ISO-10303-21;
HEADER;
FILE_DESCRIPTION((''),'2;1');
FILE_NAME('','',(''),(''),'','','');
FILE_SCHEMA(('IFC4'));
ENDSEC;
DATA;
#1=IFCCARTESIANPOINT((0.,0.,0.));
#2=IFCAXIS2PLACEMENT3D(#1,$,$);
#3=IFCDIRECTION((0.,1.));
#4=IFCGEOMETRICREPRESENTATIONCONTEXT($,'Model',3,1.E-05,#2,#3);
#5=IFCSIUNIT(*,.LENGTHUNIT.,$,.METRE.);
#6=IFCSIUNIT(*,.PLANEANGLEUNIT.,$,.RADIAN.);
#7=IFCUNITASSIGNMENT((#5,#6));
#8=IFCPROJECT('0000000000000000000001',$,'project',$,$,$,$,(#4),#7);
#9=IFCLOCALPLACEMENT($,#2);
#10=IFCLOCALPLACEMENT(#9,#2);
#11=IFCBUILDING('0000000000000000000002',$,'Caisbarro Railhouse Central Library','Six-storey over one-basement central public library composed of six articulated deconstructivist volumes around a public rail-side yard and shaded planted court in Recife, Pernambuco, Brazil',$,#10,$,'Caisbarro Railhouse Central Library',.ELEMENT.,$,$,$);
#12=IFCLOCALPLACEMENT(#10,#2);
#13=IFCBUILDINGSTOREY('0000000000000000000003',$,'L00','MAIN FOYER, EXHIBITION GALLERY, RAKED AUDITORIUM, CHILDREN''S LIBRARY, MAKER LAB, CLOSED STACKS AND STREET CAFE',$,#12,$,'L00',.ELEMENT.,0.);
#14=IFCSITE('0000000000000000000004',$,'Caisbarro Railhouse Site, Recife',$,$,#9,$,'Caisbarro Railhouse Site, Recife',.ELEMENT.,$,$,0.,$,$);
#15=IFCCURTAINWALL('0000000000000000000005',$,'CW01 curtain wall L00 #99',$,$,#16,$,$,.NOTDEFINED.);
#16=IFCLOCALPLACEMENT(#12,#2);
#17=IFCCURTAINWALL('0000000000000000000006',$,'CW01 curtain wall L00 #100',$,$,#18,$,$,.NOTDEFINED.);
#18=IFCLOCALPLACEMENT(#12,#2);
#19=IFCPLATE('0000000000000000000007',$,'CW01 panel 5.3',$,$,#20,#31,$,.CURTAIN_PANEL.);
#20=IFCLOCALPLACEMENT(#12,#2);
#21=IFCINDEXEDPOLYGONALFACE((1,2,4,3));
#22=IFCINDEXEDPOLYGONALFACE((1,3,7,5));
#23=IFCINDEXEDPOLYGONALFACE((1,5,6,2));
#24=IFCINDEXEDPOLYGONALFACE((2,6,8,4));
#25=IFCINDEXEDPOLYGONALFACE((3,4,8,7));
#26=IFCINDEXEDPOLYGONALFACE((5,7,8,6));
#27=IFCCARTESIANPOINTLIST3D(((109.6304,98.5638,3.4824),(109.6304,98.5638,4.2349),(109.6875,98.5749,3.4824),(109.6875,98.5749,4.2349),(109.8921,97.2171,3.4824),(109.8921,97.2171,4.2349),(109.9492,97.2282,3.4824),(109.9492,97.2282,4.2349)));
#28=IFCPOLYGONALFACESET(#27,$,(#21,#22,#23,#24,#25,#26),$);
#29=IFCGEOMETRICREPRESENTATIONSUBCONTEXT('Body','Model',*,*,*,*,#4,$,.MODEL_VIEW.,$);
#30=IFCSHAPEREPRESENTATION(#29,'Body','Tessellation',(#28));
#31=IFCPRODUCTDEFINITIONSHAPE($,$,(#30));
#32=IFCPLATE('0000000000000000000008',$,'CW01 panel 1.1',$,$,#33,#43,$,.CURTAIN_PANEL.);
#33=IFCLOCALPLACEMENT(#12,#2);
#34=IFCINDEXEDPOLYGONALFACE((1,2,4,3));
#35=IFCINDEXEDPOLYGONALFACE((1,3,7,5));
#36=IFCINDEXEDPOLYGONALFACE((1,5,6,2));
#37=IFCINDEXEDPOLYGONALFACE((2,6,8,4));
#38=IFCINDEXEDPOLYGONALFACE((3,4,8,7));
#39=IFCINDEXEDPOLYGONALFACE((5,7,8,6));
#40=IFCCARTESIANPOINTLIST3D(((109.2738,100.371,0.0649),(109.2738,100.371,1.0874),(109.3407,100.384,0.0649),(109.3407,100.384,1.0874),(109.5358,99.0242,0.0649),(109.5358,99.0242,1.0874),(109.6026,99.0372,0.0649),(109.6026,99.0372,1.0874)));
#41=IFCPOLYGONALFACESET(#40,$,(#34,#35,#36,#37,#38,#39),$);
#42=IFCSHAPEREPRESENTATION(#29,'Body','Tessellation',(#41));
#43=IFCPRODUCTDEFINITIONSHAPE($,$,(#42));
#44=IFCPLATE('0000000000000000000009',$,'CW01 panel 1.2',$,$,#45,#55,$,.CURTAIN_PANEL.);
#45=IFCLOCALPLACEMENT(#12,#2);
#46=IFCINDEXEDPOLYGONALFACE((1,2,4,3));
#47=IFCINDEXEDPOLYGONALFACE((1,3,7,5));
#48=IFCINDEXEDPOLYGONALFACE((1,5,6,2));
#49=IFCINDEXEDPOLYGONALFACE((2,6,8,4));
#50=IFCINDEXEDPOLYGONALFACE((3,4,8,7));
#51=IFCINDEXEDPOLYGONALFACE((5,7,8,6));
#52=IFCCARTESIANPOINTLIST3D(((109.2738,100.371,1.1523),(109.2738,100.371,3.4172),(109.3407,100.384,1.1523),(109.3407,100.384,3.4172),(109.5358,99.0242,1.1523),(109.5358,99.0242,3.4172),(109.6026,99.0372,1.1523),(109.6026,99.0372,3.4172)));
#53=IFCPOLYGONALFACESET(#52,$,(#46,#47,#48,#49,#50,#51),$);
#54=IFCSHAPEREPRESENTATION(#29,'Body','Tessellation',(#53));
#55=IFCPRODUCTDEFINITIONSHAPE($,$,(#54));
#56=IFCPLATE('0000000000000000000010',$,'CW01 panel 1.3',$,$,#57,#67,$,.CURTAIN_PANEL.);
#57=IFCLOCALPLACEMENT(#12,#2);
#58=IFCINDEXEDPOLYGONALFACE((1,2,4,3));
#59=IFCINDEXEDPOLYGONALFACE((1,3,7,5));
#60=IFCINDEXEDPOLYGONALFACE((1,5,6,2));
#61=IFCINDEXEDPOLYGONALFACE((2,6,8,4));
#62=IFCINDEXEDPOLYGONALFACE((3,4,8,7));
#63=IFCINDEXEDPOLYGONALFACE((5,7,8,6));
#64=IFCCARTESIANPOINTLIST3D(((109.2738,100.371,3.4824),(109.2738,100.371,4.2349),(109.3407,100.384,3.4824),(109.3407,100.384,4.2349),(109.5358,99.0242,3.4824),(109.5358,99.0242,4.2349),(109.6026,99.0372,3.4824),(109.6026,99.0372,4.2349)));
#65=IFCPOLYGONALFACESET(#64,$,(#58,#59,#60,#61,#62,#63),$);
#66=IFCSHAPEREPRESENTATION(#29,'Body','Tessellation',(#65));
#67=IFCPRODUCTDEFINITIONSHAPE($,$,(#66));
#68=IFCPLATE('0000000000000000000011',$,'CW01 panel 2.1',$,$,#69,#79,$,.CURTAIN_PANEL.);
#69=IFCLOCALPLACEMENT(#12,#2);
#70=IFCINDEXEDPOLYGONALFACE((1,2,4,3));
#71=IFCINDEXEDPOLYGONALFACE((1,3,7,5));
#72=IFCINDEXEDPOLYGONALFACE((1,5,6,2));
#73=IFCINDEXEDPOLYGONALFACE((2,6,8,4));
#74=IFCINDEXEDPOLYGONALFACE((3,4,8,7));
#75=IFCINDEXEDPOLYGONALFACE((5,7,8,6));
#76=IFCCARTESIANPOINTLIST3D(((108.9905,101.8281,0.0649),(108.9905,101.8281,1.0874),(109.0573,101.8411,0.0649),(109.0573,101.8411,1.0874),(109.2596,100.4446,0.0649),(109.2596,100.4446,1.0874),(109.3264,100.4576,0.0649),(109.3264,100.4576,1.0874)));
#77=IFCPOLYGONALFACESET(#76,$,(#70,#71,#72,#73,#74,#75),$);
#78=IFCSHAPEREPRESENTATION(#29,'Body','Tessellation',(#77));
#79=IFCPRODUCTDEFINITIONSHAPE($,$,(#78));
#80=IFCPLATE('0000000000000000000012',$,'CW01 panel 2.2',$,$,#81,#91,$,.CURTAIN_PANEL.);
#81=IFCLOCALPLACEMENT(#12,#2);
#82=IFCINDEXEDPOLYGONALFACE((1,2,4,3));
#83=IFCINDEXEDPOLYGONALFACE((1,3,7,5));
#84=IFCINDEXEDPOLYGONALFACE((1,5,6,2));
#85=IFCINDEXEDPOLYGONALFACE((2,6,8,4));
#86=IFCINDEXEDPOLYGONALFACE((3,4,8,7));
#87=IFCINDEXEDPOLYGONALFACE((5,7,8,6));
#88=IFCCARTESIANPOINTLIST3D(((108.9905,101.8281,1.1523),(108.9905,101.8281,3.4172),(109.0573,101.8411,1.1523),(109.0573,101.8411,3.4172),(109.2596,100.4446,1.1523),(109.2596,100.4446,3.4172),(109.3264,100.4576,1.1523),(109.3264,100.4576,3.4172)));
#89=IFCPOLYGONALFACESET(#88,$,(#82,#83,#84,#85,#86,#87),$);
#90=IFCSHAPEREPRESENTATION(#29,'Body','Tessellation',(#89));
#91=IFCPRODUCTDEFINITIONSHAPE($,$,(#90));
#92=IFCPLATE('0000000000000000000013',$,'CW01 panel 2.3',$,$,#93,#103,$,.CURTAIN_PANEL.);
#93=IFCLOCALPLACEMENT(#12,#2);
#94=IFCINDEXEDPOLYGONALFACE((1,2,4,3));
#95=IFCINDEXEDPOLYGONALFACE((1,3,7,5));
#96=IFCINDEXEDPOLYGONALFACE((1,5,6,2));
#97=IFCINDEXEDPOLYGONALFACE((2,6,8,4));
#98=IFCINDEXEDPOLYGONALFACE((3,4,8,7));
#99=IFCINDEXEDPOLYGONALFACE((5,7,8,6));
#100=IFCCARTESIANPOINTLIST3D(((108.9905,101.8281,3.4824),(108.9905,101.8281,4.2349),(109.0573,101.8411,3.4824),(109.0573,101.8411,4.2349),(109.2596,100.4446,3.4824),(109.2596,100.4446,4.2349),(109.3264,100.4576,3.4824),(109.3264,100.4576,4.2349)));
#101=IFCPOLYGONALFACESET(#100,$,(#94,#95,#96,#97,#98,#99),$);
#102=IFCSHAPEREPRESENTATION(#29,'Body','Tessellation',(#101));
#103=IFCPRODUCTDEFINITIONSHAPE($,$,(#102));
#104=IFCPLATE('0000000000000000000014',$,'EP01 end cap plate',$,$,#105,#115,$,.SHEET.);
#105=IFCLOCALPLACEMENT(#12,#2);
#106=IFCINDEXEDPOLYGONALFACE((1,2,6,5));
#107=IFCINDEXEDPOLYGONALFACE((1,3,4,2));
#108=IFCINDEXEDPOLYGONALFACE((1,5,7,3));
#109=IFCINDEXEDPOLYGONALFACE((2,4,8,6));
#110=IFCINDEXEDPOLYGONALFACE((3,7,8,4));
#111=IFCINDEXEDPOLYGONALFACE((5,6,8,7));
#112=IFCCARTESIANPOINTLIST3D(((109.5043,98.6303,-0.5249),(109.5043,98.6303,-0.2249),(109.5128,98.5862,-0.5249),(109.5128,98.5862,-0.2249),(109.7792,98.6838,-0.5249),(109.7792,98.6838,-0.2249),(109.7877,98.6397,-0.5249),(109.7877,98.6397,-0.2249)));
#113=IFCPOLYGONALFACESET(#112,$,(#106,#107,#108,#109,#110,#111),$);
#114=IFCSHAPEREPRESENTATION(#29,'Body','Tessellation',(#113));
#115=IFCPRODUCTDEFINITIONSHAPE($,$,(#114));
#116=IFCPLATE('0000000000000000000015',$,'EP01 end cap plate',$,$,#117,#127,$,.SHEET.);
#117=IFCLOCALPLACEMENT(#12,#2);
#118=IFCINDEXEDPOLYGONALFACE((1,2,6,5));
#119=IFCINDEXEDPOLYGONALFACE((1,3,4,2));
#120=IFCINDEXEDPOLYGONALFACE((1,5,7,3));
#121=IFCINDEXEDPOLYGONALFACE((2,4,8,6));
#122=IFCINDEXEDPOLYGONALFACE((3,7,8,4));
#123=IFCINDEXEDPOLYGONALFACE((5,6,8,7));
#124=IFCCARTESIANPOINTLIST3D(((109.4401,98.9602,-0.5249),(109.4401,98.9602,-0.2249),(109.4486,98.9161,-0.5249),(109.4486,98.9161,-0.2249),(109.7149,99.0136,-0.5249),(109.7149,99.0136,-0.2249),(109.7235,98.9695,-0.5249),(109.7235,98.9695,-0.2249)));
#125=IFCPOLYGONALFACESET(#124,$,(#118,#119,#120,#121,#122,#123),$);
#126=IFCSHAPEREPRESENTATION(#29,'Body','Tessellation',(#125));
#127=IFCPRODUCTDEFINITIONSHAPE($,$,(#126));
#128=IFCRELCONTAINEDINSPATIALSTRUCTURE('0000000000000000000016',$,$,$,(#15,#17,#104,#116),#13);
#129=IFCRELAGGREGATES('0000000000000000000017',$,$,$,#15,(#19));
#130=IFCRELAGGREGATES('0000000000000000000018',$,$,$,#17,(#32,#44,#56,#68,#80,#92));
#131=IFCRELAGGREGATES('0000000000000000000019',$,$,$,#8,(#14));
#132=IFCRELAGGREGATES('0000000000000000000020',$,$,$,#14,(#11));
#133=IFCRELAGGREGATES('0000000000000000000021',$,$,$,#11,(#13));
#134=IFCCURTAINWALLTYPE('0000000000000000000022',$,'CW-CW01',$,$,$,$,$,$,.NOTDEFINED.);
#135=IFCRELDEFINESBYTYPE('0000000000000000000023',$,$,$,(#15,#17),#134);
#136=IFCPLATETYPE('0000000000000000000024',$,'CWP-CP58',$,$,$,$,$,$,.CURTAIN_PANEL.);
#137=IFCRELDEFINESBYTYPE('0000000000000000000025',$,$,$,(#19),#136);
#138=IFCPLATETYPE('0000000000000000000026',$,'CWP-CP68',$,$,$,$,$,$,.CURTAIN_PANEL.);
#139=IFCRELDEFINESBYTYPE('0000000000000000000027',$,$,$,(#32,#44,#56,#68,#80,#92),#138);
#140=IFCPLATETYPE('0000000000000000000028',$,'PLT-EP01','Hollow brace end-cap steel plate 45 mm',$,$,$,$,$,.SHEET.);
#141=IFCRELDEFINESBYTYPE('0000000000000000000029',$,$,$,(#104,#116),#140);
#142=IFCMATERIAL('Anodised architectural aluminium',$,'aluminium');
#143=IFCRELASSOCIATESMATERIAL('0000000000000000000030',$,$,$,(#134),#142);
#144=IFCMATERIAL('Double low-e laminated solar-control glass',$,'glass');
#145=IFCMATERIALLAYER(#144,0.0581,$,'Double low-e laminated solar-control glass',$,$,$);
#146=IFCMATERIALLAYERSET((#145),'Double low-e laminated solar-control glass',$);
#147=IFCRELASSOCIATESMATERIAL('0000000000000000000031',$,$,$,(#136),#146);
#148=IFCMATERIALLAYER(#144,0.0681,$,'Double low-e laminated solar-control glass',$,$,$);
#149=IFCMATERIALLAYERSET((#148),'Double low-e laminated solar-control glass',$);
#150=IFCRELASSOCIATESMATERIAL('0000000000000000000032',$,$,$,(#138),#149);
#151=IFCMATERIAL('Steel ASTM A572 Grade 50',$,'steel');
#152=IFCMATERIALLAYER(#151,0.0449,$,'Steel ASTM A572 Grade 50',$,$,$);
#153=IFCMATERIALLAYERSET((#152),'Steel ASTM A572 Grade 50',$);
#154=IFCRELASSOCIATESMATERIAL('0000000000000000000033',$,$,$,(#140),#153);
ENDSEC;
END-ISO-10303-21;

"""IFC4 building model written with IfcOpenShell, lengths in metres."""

from ifc_helpers import new_model, si_unit, direction, frame, origin, origin_2d, place, context, subcontext, project, spatial, rectangle, extrude, material, layer, layer_set, type_object, element, aggregate, save


model = new_model("IFC4")

# Units and contexts
model_context = context("Model", 3, precision=1e-05, world=origin(), true_north=direction((0.0, 1.0)))
body_context = subcontext(model_context, "Body", "Model", "MODEL_VIEW")
ifc_project = project(units=[si_unit("LENGTHUNIT", "METRE"), si_unit("PLANEANGLEUNIT", "RADIAN")], contexts=[model_context])

# Site, building, storey
site_placement = place(None, origin())
site = spatial("IfcSite", under=ifc_project, at=site_placement, Name="Caisbarro Railhouse Site, Recife", LongName="Caisbarro Railhouse Site, Recife", CompositionType="ELEMENT", RefElevation=0.0)
building_placement = place(site_placement, origin())
building = spatial("IfcBuilding", under=site, at=building_placement, Name="Caisbarro Railhouse Central Library", Description="Six-storey over one-basement central public library composed of six articulated deconstructivist volumes around a public rail-side yard and shaded planted court in Recife, Pernambuco, Brazil", LongName="Caisbarro Railhouse Central Library", CompositionType="ELEMENT")
storey_placement = place(building_placement, origin())
storey = spatial("IfcBuildingStorey", under=building, at=storey_placement, Name="L00", Description="MAIN FOYER, EXHIBITION GALLERY, RAKED AUDITORIUM, CHILDREN'S LIBRARY, MAKER LAB, CLOSED STACKS AND STREET CAFE", LongName="L00", CompositionType="ELEMENT", Elevation=0.0)

# Shared definitions
ifc_material_1 = material(Name="Steel ASTM A572 Grade 50", Category="steel")

# Curtain wall
ifc_material_2 = material(Name="Anodised architectural aluminium", Category="aluminium")
curtain_wall_type = type_object("IfcCurtainWallType", Name="CW-CW01", PredefinedType="NOTDEFINED", material=ifc_material_2)
curtain_wall_1_placement = place(storey_placement, origin())
curtain_wall_1 = element("IfcCurtainWall", 1, at=curtain_wall_1_placement, inside=storey, type_object=curtain_wall_type, Name="CW01 curtain wall L00 #99", PredefinedType="NOTDEFINED")

# Curtain wall
curtain_wall_2_placement = place(storey_placement, origin())
curtain_wall_2 = element("IfcCurtainWall", 2, at=curtain_wall_2_placement, inside=storey, type_object=curtain_wall_type, Name="CW01 curtain wall L00 #100", PredefinedType="NOTDEFINED")

# Plates
ifc_material_3 = material(Name="Double low-e laminated solar-control glass", Category="glass")
ifc_layer_1 = layer(ifc_material_3, 0.0581, Name="Double low-e laminated solar-control glass")
ifc_layer_set_1 = layer_set([ifc_layer_1], Name="Double low-e laminated solar-control glass")
plate_type_1 = type_object("IfcPlateType", Name="CWP-CP58", PredefinedType="CURTAIN_PANEL", material=ifc_layer_set_1)
plate_1_placement = place(storey_placement, frame((109.7898, 97.896, 3.4824), z_axis=(0.0, 0.0, 1.0), x_axis=(-0.190781, 0.981633, 0.0)))
plate_1 = element("IfcPlate", 3, at=plate_1_placement, type_object=plate_type_1, Name="CW01 panel 5.3", PredefinedType="CURTAIN_PANEL", context=body_context, shape_type="SweptSolid", body=[
    extrude(rectangle(XDim=1.3718, YDim=0.0581, at=origin_2d()), origin(), (0.0, 0.0, 1.0), 0.7524),
])
aggregate(curtain_wall_1, [plate_1])
ifc_layer_2 = layer(ifc_material_3, 0.0681, Name="Double low-e laminated solar-control glass")
ifc_layer_set_2 = layer_set([ifc_layer_2], Name="Double low-e laminated solar-control glass")
plate_type_2 = type_object("IfcPlateType", Name="CWP-CP68", PredefinedType="CURTAIN_PANEL", material=ifc_layer_set_2)
plate_2_placement = place(storey_placement, frame((109.4382, 99.7041, 0.0649), z_axis=(0.0, 0.0, 1.0), x_axis=(-0.190911, 0.981607, 0.0)))
plate_2 = element("IfcPlate", 4, at=plate_2_placement, type_object=plate_type_2, Name="CW01 panel 1.1", PredefinedType="CURTAIN_PANEL", context=body_context, shape_type="SweptSolid", body=[
    extrude(rectangle(XDim=1.3721, YDim=0.0681, at=origin_2d()), origin(), (0.0, 0.0, 1.0), 1.0225),
])
plate_3_placement = place(storey_placement, frame((109.4382, 99.7041, 1.1523), z_axis=(0.0, 0.0, 1.0), x_axis=(-0.190911, 0.981607, 0.0)))
plate_3 = element("IfcPlate", 5, at=plate_3_placement, type_object=plate_type_2, Name="CW01 panel 1.2", PredefinedType="CURTAIN_PANEL", context=body_context, shape_type="SweptSolid", body=[
    extrude(rectangle(XDim=1.3721, YDim=0.0681, at=origin_2d()), origin(), (0.0, 0.0, 1.0), 2.2649),
])
plate_4_placement = place(storey_placement, frame((109.4382, 99.7041, 3.4824), z_axis=(0.0, 0.0, 1.0), x_axis=(-0.190911, 0.981607, 0.0)))
plate_4 = element("IfcPlate", 6, at=plate_4_placement, type_object=plate_type_2, Name="CW01 panel 1.3", PredefinedType="CURTAIN_PANEL", context=body_context, shape_type="SweptSolid", body=[
    extrude(rectangle(XDim=1.3721, YDim=0.0681, at=origin_2d()), origin(), (0.0, 0.0, 1.0), 0.7524),
])
plate_5_placement = place(storey_placement, frame((109.1584, 101.1428, 0.0649), z_axis=(0.0, 0.0, 1.0), x_axis=(-0.190911, 0.981607, 0.0)))
plate_5 = element("IfcPlate", 7, at=plate_5_placement, type_object=plate_type_2, Name="CW01 panel 2.1", PredefinedType="CURTAIN_PANEL", context=body_context, shape_type="SweptSolid", body=[
    extrude(rectangle(XDim=1.4094, YDim=0.0681, at=origin_2d()), origin(), (0.0, 0.0, 1.0), 1.0225),
])
plate_6_placement = place(storey_placement, frame((109.1584, 101.1428, 1.1523), z_axis=(0.0, 0.0, 1.0), x_axis=(-0.190911, 0.981607, 0.0)))
plate_6 = element("IfcPlate", 8, at=plate_6_placement, type_object=plate_type_2, Name="CW01 panel 2.2", PredefinedType="CURTAIN_PANEL", context=body_context, shape_type="SweptSolid", body=[
    extrude(rectangle(XDim=1.4094, YDim=0.0681, at=origin_2d()), origin(), (0.0, 0.0, 1.0), 2.2649),
])
plate_7_placement = place(storey_placement, frame((109.1584, 101.1428, 3.4824), z_axis=(0.0, 0.0, 1.0), x_axis=(-0.190911, 0.981607, 0.0)))
plate_7 = element("IfcPlate", 9, at=plate_7_placement, type_object=plate_type_2, Name="CW01 panel 2.3", PredefinedType="CURTAIN_PANEL", context=body_context, shape_type="SweptSolid", body=[
    extrude(rectangle(XDim=1.4094, YDim=0.0681, at=origin_2d()), origin(), (0.0, 0.0, 1.0), 0.7524),
])
aggregate(curtain_wall_2, [plate_2, plate_3, plate_4, plate_5, plate_6, plate_7])

# Plates
ifc_layer_3 = layer(ifc_material_1, 0.0449, Name="Steel ASTM A572 Grade 50")
ifc_layer_set_3 = layer_set([ifc_layer_3], Name="Steel ASTM A572 Grade 50")
plate_type_3 = type_object("IfcPlateType", Name="PLT-EP01", Description="Hollow brace end-cap steel plate 45 mm", PredefinedType="SHEET", material=ifc_layer_set_3)
for number, where, z_axis, x_axis, name in (
    (10, (109.646, 98.635, -0.5249), (0.0, 0.0, 1.0), (-0.190809, 0.981627, 0.0), "EP01 end cap plate"),
    (11, (109.5818, 98.9648, -0.5249), (0.0, 0.0, 1.0), (-0.190809, 0.981627, 0.0), "EP01 end cap plate"),
):
    element("IfcPlate", number, at=place(storey_placement, frame(where, z_axis=z_axis, x_axis=x_axis)), inside=storey, type_object=plate_type_3, Name=name, PredefinedType="SHEET", context=body_context, shape_type="SweptSolid", body=[
        extrude(rectangle(XDim=0.0449, YDim=0.28, at=origin_2d()), origin(), (0.0, 0.0, 1.0), 0.3),
    ])

save(model, "model.ifc")
